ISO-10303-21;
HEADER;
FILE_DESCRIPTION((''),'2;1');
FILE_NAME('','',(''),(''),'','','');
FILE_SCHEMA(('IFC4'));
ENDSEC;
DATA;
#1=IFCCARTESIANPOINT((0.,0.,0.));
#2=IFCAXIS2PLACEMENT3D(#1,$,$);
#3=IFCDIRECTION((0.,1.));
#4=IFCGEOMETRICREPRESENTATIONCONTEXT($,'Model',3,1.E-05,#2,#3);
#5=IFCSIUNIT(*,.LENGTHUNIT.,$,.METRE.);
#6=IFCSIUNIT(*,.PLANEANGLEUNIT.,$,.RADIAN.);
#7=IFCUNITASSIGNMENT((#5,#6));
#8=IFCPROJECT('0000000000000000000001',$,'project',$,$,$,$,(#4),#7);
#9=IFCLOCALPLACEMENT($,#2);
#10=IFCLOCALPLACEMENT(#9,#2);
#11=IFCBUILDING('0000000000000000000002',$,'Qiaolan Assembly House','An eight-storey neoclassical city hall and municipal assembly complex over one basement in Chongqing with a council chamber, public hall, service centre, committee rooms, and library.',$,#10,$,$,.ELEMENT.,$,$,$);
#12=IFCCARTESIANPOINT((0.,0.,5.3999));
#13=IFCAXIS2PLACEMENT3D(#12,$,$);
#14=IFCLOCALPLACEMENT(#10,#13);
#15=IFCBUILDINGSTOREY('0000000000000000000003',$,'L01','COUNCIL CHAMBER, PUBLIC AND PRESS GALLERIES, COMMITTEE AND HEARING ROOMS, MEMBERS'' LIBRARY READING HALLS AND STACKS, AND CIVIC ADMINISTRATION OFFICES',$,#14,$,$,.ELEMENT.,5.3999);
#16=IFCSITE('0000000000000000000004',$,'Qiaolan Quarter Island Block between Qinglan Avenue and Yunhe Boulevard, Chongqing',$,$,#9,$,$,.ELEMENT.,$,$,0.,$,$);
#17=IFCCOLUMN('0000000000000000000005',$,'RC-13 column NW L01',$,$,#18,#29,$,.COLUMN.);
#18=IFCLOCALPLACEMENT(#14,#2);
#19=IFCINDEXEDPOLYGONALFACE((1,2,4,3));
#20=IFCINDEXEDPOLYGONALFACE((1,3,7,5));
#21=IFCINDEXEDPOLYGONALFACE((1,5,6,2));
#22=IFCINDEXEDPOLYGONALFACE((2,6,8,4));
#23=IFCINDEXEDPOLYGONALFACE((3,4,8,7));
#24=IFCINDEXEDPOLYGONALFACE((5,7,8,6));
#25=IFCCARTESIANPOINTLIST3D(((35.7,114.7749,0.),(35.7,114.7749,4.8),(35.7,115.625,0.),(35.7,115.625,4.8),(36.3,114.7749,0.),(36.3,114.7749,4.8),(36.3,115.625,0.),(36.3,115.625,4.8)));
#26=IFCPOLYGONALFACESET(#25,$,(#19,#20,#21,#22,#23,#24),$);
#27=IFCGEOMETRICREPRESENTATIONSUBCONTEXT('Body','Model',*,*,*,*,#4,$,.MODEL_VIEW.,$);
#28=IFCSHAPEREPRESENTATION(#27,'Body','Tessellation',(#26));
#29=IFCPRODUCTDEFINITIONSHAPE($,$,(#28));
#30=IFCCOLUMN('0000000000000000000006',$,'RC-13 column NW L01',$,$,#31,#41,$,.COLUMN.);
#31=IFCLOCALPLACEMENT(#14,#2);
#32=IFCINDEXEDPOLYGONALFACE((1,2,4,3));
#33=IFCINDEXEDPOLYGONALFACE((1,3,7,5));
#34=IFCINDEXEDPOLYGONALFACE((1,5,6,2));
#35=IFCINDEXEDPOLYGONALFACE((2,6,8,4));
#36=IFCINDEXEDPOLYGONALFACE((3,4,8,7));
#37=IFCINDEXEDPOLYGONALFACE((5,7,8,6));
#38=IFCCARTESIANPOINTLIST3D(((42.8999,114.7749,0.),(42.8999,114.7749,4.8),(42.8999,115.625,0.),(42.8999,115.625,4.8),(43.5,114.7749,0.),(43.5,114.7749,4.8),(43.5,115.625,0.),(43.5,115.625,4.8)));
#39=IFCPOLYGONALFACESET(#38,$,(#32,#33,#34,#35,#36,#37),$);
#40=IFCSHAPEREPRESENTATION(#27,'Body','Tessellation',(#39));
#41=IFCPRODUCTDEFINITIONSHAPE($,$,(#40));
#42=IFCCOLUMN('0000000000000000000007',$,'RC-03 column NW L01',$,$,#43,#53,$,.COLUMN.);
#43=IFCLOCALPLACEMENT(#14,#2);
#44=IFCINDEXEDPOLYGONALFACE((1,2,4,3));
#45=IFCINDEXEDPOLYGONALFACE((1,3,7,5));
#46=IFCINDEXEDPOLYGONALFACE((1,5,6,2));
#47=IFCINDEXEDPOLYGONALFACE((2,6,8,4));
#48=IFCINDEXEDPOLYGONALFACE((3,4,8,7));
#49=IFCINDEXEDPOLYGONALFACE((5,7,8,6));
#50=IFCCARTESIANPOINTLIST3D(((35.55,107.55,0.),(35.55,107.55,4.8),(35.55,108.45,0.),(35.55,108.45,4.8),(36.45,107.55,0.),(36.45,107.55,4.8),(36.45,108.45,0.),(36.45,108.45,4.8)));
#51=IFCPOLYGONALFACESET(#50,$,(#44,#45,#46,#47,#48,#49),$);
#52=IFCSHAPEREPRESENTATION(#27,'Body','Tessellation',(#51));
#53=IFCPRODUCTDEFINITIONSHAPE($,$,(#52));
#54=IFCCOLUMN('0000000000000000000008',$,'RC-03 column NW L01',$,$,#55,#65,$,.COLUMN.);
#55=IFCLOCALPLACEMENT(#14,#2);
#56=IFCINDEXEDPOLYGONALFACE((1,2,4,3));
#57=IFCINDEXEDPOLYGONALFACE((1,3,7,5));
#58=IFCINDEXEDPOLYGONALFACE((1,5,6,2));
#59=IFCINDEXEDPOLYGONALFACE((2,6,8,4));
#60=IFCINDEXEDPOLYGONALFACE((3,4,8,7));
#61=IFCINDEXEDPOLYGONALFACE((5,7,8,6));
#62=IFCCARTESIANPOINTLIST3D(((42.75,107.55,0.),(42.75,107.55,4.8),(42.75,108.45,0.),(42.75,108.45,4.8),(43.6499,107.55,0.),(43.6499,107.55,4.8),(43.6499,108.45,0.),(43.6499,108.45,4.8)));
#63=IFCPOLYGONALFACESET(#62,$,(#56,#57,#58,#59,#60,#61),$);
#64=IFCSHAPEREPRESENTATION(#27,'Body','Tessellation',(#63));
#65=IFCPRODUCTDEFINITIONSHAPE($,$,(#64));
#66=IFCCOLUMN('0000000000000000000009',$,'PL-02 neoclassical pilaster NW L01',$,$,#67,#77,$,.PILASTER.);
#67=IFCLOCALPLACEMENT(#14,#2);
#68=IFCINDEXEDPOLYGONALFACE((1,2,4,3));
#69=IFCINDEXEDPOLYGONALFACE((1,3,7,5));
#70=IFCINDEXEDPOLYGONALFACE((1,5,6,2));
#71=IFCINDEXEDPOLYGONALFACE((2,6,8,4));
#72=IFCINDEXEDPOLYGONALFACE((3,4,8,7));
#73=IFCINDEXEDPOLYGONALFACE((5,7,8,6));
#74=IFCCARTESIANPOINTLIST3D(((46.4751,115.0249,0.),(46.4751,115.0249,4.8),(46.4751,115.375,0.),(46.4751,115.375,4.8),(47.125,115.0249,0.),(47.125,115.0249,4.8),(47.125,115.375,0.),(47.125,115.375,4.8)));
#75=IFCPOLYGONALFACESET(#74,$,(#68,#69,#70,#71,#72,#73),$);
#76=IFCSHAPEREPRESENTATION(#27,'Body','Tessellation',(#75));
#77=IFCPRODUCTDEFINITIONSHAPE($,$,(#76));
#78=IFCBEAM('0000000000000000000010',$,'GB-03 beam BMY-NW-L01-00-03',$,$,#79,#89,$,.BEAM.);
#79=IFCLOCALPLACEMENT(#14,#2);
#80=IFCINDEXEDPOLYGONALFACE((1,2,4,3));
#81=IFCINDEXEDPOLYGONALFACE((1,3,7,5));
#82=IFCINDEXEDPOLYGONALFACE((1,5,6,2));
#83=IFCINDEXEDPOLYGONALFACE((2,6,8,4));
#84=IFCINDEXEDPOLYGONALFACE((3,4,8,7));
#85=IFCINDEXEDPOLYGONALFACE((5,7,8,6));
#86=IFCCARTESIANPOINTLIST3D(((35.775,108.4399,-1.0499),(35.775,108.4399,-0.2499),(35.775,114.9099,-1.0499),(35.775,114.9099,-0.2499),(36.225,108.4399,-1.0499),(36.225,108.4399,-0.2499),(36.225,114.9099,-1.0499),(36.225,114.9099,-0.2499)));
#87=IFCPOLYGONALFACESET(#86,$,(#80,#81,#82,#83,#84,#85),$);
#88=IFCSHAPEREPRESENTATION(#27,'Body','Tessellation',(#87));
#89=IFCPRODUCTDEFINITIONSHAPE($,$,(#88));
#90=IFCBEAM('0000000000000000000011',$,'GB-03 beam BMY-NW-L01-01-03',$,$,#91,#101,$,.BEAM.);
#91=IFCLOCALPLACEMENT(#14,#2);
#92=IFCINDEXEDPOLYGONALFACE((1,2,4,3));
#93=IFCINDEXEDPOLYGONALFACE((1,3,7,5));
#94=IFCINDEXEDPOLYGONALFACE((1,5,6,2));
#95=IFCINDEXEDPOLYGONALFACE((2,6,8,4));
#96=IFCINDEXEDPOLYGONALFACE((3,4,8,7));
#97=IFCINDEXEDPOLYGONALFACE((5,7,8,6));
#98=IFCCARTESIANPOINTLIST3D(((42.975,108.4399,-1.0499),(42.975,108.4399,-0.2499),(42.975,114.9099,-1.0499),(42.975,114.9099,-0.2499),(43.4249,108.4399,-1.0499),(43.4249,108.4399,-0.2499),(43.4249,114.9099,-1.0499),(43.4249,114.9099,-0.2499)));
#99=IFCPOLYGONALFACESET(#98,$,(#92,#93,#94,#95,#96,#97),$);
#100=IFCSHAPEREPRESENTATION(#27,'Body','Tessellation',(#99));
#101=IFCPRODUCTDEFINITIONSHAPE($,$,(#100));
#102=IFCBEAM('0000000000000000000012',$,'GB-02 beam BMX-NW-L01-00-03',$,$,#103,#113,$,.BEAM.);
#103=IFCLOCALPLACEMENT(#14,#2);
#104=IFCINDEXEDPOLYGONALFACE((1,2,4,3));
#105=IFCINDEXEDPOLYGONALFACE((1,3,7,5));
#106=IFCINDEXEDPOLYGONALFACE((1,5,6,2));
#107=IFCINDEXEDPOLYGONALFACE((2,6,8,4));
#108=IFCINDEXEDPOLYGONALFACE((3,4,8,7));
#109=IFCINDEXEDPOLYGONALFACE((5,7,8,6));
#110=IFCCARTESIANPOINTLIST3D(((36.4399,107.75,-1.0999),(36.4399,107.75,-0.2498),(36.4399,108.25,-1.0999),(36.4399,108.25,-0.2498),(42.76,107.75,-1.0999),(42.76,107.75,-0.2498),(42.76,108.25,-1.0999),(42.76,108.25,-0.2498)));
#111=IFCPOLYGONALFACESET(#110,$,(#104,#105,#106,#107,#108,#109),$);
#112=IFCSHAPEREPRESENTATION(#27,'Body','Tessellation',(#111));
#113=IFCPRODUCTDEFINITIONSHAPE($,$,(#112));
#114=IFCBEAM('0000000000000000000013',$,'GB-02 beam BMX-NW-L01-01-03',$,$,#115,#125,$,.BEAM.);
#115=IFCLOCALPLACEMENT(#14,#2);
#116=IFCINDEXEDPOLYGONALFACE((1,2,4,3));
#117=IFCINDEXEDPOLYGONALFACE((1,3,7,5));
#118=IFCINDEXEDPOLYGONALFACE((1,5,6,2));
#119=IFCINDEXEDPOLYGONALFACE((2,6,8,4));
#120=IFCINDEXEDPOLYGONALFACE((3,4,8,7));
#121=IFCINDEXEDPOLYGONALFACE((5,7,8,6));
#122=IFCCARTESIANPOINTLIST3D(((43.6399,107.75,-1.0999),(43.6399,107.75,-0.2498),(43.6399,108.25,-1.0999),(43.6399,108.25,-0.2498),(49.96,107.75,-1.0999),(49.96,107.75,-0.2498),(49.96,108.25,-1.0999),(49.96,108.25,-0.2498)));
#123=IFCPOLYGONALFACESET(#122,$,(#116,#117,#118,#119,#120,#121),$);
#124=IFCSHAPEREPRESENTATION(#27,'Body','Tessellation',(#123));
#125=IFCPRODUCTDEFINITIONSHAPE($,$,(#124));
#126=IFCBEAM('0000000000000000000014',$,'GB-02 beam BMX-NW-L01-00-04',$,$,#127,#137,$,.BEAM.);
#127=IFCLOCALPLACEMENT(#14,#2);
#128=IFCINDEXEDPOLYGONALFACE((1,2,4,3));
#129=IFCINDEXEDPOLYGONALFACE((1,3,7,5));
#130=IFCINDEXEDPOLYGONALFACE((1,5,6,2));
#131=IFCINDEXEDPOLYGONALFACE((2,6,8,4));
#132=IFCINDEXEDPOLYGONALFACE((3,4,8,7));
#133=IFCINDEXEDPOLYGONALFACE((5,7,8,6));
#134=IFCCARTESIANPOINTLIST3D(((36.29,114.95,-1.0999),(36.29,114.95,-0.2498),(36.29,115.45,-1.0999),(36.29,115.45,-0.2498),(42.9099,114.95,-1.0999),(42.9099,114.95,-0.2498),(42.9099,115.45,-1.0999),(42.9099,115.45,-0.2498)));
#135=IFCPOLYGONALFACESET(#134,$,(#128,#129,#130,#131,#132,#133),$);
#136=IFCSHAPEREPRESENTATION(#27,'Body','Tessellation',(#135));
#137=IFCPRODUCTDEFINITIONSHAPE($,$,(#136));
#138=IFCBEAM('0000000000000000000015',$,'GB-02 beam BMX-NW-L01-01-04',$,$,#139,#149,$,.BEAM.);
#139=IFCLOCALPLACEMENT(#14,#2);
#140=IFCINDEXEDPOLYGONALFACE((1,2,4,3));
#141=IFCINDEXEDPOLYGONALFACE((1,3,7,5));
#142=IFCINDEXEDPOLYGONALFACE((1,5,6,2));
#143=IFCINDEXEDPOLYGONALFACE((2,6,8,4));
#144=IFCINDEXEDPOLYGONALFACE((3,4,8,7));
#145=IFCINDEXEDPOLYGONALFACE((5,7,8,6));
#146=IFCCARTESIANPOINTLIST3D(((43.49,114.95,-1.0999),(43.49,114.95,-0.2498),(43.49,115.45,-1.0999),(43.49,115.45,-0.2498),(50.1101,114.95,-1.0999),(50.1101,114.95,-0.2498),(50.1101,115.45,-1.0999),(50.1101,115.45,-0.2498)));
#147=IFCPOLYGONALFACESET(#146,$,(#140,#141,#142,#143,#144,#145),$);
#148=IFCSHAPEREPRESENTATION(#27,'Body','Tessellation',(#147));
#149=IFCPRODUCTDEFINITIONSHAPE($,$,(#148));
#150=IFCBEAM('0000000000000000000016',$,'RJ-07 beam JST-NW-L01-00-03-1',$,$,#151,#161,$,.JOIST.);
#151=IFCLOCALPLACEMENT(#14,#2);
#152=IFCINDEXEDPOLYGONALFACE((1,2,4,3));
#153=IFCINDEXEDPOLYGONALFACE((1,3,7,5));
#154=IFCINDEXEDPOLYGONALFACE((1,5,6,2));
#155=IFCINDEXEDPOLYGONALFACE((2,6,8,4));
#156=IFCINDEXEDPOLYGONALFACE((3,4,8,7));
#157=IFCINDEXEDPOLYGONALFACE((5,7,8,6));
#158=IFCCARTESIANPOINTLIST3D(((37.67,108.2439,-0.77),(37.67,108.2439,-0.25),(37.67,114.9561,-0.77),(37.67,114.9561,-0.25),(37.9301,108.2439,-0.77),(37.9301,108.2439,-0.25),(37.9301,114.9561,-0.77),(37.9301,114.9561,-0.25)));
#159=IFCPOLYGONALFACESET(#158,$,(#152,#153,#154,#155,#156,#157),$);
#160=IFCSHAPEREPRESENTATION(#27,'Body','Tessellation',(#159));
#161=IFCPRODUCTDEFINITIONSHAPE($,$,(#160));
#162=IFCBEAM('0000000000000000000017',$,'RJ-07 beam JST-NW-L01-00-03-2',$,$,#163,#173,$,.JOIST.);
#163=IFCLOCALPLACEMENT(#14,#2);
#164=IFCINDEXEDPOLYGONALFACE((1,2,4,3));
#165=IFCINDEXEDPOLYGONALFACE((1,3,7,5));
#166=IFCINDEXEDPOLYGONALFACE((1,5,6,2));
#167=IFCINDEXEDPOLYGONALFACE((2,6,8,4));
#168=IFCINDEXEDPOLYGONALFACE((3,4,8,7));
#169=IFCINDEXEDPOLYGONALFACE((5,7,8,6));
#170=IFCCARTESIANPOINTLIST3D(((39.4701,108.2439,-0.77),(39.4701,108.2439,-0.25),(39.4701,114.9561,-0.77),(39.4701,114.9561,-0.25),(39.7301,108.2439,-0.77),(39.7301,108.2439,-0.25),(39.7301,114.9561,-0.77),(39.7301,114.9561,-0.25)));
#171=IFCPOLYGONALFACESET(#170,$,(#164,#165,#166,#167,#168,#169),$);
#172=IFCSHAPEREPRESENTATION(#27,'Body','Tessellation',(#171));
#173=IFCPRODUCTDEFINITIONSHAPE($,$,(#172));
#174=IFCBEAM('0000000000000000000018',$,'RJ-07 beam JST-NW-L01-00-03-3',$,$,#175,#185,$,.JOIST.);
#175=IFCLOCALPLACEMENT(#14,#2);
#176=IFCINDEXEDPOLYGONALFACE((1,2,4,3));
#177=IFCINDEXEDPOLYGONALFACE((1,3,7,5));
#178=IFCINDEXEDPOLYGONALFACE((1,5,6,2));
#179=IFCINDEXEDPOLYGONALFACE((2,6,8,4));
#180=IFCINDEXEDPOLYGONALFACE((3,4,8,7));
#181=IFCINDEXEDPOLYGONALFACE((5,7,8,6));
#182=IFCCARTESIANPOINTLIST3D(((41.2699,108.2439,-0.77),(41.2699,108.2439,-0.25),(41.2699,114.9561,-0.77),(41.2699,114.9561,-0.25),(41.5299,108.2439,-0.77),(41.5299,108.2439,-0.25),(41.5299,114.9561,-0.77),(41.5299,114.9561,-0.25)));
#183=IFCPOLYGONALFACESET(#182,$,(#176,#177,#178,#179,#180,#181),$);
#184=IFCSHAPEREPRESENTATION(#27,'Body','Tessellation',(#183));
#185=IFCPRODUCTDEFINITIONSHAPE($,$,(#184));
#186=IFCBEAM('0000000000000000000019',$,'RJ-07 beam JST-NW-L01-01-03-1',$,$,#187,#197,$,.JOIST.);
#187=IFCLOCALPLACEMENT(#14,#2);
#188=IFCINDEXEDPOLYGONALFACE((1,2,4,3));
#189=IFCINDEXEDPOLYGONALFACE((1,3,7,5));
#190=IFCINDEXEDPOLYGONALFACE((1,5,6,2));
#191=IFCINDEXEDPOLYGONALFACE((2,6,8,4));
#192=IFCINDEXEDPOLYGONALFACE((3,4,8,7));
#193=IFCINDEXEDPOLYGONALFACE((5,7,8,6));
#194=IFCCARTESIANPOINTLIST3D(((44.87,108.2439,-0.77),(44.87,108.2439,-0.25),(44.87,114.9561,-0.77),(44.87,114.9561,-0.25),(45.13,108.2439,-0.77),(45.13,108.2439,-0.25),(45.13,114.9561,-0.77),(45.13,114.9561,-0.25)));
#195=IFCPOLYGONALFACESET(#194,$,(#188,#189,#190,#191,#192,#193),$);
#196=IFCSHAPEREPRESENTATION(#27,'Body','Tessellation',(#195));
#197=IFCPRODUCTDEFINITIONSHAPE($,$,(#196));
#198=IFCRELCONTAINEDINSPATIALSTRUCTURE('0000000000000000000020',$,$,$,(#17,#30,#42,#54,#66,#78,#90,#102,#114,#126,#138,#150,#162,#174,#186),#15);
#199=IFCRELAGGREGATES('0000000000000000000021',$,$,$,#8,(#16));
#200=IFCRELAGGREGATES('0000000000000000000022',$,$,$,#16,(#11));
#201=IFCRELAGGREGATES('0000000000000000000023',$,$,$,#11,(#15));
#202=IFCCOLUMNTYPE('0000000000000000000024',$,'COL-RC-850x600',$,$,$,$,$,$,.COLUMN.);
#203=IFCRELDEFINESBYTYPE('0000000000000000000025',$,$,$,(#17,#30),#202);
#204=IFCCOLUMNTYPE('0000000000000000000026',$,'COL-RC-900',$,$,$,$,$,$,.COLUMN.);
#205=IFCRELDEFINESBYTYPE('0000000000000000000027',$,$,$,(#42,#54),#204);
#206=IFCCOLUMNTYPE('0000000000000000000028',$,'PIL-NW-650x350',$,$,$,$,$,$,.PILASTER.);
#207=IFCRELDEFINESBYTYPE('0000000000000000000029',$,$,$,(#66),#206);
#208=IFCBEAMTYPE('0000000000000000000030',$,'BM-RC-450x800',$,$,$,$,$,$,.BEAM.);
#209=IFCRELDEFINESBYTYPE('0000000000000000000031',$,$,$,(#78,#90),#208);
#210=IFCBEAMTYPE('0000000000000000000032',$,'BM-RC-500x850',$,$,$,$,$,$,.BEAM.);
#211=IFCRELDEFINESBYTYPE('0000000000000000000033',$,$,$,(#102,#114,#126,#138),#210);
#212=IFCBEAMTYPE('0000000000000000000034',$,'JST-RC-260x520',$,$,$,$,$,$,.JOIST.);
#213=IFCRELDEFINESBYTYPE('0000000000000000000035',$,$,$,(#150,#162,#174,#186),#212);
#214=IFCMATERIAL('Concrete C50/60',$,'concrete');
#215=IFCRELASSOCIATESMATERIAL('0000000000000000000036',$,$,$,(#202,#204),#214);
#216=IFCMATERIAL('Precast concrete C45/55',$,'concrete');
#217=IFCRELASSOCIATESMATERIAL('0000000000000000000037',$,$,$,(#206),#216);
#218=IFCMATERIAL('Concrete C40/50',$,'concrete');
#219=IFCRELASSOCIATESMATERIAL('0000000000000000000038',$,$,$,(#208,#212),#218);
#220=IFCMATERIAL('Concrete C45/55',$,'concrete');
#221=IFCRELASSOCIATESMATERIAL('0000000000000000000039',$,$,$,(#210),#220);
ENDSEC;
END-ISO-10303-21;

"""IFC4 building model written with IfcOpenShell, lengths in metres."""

from ifc_helpers import new_model, si_unit, direction, frame, origin, origin_2d, place, context, subcontext, project, spatial, rectangle, extrude, material, material_profile, profile_set, type_object, element, save


model = new_model("IFC4")

# Units and contexts
model_context = context("Model", 3, precision=1e-05, world=origin(), true_north=direction((0.0, 1.0)))
body_context = subcontext(model_context, "Body", "Model", "MODEL_VIEW")
ifc_project = project(units=[si_unit("LENGTHUNIT", "METRE"), si_unit("PLANEANGLEUNIT", "RADIAN")], contexts=[model_context])

# Site, building, storey
site_placement = place(None, origin())
site = spatial("IfcSite", under=ifc_project, at=site_placement, Name="Qiaolan Quarter Island Block between Qinglan Avenue and Yunhe Boulevard, Chongqing", CompositionType="ELEMENT", RefElevation=0.0)
building_placement = place(site_placement, origin())
building = spatial("IfcBuilding", under=site, at=building_placement, Name="Qiaolan Assembly House", Description="An eight-storey neoclassical city hall and municipal assembly complex over one basement in Chongqing with a council chamber, public hall, service centre, committee rooms, and library.", CompositionType="ELEMENT")
storey_placement = place(building_placement, frame((0.0, 0.0, 5.3999)))
storey = spatial("IfcBuildingStorey", under=building, at=storey_placement, Name="L01", Description="COUNCIL CHAMBER, PUBLIC AND PRESS GALLERIES, COMMITTEE AND HEARING ROOMS, MEMBERS' LIBRARY READING HALLS AND STACKS, AND CIVIC ADMINISTRATION OFFICES", CompositionType="ELEMENT", Elevation=5.3999)

# Columns
ifc_material_1 = material(Name="Concrete C50/60", Category="concrete")
ifc_material_profile_1 = material_profile(ifc_material_1, rectangle(XDim=0.6001, YDim=0.8501, at=origin_2d()), Name="RC 850x600")
ifc_profile_set_1 = profile_set([ifc_material_profile_1], Name="Concrete C50/60")
column_type_1 = type_object("IfcColumnType", Name="COL-RC-850x600", PredefinedType="COLUMN", material=ifc_profile_set_1)
for number, where, z_axis, x_axis, name in (
    (1, (36.0, 115.2, 0.0), (0.0, 0.0, 1.0), (1.0, 0.0, 0.0), "RC-13 column NW L01"),
    (2, (43.2, 115.2, 0.0), (0.0, 0.0, 1.0), (1.0, 0.0, 0.0), "RC-13 column NW L01"),
):
    element("IfcColumn", number, at=place(storey_placement, frame(where, z_axis=z_axis, x_axis=x_axis)), inside=storey, type_object=column_type_1, Name=name, PredefinedType="COLUMN", context=body_context, shape_type="SweptSolid", body=[
        extrude(rectangle(XDim=0.6001, YDim=0.8501, at=origin_2d()), origin(), (0.0, 0.0, 1.0), 4.8),
    ])
ifc_material_profile_2 = material_profile(ifc_material_1, rectangle(XDim=0.8999, YDim=0.8999, at=origin_2d()), Name="RC 900x900")
ifc_profile_set_2 = profile_set([ifc_material_profile_2], Name="Concrete C50/60")
column_type_2 = type_object("IfcColumnType", Name="COL-RC-900", PredefinedType="COLUMN", material=ifc_profile_set_2)
for number, where, z_axis, x_axis, name in (
    (3, (36.0, 108.0, 0.0), (0.0, 0.0, 1.0), (1.0, 0.0, 0.0), "RC-03 column NW L01"),
    (4, (43.2, 108.0, 0.0), (0.0, 0.0, 1.0), (1.0, 0.0, 0.0), "RC-03 column NW L01"),
):
    element("IfcColumn", number, at=place(storey_placement, frame(where, z_axis=z_axis, x_axis=x_axis)), inside=storey, type_object=column_type_2, Name=name, PredefinedType="COLUMN", context=body_context, shape_type="SweptSolid", body=[
        extrude(rectangle(XDim=0.8999, YDim=0.8999, at=origin_2d()), origin(), (0.0, 0.0, 1.0), 4.8),
    ])
ifc_material_2 = material(Name="Precast concrete C45/55", Category="concrete")
ifc_material_profile_3 = material_profile(ifc_material_2, rectangle(XDim=0.6499, YDim=0.3501, at=origin_2d()), Name="PIL 650x350")
ifc_profile_set_3 = profile_set([ifc_material_profile_3], Name="Precast concrete C45/55")
column_type_3 = type_object("IfcColumnType", Name="PIL-NW-650x350", PredefinedType="PILASTER", material=ifc_profile_set_3)
column_placement = place(storey_placement, frame((46.8, 115.2, 0.0), z_axis=(0.0, 0.0, 1.0), x_axis=(1.0, 0.0, 0.0)))
element("IfcColumn", 5, at=column_placement, inside=storey, type_object=column_type_3, Name="PL-02 neoclassical pilaster NW L01", PredefinedType="PILASTER", context=body_context, shape_type="SweptSolid", body=[
    extrude(rectangle(XDim=0.6499, YDim=0.3501, at=origin_2d()), origin(), (0.0, 0.0, 1.0), 4.8),
])

# Beams
ifc_material_3 = material(Name="Concrete C40/50", Category="concrete")
ifc_material_profile_4 = material_profile(ifc_material_3, rectangle(XDim=0.45, YDim=0.8, at=origin_2d()), Name="RCB 450x800")
ifc_profile_set_4 = profile_set([ifc_material_profile_4], Name="Concrete C40/50")
beam_type_1 = type_object("IfcBeamType", Name="BM-RC-450x800", PredefinedType="BEAM", material=ifc_profile_set_4)
for number, where, z_axis, x_axis, name in (
    (6, (36.0, 108.4399, -0.6499), (0.0, 1.0, 0.0), (-1.0, 0.0, 0.0), "GB-03 beam BMY-NW-L01-00-03"),
    (7, (43.2, 108.4399, -0.6499), (0.0, 1.0, 0.0), (-1.0, 0.0, 0.0), "GB-03 beam BMY-NW-L01-01-03"),
):
    element("IfcBeam", number, at=place(storey_placement, frame(where, z_axis=z_axis, x_axis=x_axis)), inside=storey, type_object=beam_type_1, Name=name, PredefinedType="BEAM", context=body_context, shape_type="SweptSolid", body=[
        extrude(rectangle(XDim=0.45, YDim=0.8, at=origin_2d()), origin(), (0.0, 0.0, 1.0), 6.47),
    ])
ifc_material_4 = material(Name="Concrete C45/55", Category="concrete")
ifc_material_profile_5 = material_profile(ifc_material_4, rectangle(XDim=0.5, YDim=0.8501, at=origin_2d()), Name="RCB 500x850")
ifc_profile_set_5 = profile_set([ifc_material_profile_5], Name="Concrete C45/55")
beam_type_2 = type_object("IfcBeamType", Name="BM-RC-500x850", PredefinedType="BEAM", material=ifc_profile_set_5)
for number, where, z_axis, x_axis, name in (
    (8, (36.4399, 108.0, -0.6748), (1.0, 0.0, 0.0), (0.0, 1.0, 0.0), "GB-02 beam BMX-NW-L01-00-03"),
    (9, (43.6399, 108.0, -0.6748), (1.0, 0.0, 0.0), (0.0, 1.0, 0.0), "GB-02 beam BMX-NW-L01-01-03"),
):
    element("IfcBeam", number, at=place(storey_placement, frame(where, z_axis=z_axis, x_axis=x_axis)), inside=storey, type_object=beam_type_2, Name=name, PredefinedType="BEAM", context=body_context, shape_type="SweptSolid", body=[
        extrude(rectangle(XDim=0.5, YDim=0.8501, at=origin_2d()), origin(), (0.0, 0.0, 1.0), 6.3201),
    ])
beam_1_placement = place(storey_placement, frame((36.29, 115.2, -0.6748), z_axis=(1.0, 0.0, 0.0), x_axis=(0.0, 1.0, 0.0)))
element("IfcBeam", 10, at=beam_1_placement, inside=storey, type_object=beam_type_2, Name="GB-02 beam BMX-NW-L01-00-04", PredefinedType="BEAM", context=body_context, shape_type="SweptSolid", body=[
    extrude(rectangle(XDim=0.5, YDim=0.8501, at=origin_2d()), origin(), (0.0, 0.0, 1.0), 6.6199),
])
beam_2_placement = place(storey_placement, frame((43.49, 115.2, -0.6748), z_axis=(1.0, 0.0, 0.0), x_axis=(0.0, 1.0, 0.0)))
element("IfcBeam", 11, at=beam_2_placement, inside=storey, type_object=beam_type_2, Name="GB-02 beam BMX-NW-L01-01-04", PredefinedType="BEAM", context=body_context, shape_type="SweptSolid", body=[
    extrude(rectangle(XDim=0.5, YDim=0.8501, at=origin_2d()), origin(), (0.0, 0.0, 1.0), 6.6201),
])
ifc_material_profile_6 = material_profile(ifc_material_3, rectangle(XDim=0.26, YDim=0.52, at=origin_2d()), Name="RCB 260x520")
ifc_profile_set_6 = profile_set([ifc_material_profile_6], Name="Concrete C40/50")
beam_type_3 = type_object("IfcBeamType", Name="JST-RC-260x520", PredefinedType="JOIST", material=ifc_profile_set_6)
for number, where, z_axis, x_axis, name in (
    (12, (37.8, 108.2439, -0.51), (0.0, 1.0, 0.0), (-1.0, 0.0, 0.0), "RJ-07 beam JST-NW-L01-00-03-1"),
    (13, (39.6001, 108.2439, -0.51), (0.0, 1.0, 0.0), (-1.0, 0.0, 0.0), "RJ-07 beam JST-NW-L01-00-03-2"),
    (14, (41.3999, 108.2439, -0.51), (0.0, 1.0, 0.0), (-1.0, 0.0, 0.0), "RJ-07 beam JST-NW-L01-00-03-3"),
    (15, (45.0, 108.2439, -0.51), (0.0, 1.0, 0.0), (-1.0, 0.0, 0.0), "RJ-07 beam JST-NW-L01-01-03-1"),
):
    element("IfcBeam", number, at=place(storey_placement, frame(where, z_axis=z_axis, x_axis=x_axis)), inside=storey, type_object=beam_type_3, Name=name, PredefinedType="JOIST", context=body_context, shape_type="SweptSolid", body=[
        extrude(rectangle(XDim=0.26, YDim=0.52, at=origin_2d()), origin(), (0.0, 0.0, 1.0), 6.7122),
    ])

save(model, "model.ifc")
